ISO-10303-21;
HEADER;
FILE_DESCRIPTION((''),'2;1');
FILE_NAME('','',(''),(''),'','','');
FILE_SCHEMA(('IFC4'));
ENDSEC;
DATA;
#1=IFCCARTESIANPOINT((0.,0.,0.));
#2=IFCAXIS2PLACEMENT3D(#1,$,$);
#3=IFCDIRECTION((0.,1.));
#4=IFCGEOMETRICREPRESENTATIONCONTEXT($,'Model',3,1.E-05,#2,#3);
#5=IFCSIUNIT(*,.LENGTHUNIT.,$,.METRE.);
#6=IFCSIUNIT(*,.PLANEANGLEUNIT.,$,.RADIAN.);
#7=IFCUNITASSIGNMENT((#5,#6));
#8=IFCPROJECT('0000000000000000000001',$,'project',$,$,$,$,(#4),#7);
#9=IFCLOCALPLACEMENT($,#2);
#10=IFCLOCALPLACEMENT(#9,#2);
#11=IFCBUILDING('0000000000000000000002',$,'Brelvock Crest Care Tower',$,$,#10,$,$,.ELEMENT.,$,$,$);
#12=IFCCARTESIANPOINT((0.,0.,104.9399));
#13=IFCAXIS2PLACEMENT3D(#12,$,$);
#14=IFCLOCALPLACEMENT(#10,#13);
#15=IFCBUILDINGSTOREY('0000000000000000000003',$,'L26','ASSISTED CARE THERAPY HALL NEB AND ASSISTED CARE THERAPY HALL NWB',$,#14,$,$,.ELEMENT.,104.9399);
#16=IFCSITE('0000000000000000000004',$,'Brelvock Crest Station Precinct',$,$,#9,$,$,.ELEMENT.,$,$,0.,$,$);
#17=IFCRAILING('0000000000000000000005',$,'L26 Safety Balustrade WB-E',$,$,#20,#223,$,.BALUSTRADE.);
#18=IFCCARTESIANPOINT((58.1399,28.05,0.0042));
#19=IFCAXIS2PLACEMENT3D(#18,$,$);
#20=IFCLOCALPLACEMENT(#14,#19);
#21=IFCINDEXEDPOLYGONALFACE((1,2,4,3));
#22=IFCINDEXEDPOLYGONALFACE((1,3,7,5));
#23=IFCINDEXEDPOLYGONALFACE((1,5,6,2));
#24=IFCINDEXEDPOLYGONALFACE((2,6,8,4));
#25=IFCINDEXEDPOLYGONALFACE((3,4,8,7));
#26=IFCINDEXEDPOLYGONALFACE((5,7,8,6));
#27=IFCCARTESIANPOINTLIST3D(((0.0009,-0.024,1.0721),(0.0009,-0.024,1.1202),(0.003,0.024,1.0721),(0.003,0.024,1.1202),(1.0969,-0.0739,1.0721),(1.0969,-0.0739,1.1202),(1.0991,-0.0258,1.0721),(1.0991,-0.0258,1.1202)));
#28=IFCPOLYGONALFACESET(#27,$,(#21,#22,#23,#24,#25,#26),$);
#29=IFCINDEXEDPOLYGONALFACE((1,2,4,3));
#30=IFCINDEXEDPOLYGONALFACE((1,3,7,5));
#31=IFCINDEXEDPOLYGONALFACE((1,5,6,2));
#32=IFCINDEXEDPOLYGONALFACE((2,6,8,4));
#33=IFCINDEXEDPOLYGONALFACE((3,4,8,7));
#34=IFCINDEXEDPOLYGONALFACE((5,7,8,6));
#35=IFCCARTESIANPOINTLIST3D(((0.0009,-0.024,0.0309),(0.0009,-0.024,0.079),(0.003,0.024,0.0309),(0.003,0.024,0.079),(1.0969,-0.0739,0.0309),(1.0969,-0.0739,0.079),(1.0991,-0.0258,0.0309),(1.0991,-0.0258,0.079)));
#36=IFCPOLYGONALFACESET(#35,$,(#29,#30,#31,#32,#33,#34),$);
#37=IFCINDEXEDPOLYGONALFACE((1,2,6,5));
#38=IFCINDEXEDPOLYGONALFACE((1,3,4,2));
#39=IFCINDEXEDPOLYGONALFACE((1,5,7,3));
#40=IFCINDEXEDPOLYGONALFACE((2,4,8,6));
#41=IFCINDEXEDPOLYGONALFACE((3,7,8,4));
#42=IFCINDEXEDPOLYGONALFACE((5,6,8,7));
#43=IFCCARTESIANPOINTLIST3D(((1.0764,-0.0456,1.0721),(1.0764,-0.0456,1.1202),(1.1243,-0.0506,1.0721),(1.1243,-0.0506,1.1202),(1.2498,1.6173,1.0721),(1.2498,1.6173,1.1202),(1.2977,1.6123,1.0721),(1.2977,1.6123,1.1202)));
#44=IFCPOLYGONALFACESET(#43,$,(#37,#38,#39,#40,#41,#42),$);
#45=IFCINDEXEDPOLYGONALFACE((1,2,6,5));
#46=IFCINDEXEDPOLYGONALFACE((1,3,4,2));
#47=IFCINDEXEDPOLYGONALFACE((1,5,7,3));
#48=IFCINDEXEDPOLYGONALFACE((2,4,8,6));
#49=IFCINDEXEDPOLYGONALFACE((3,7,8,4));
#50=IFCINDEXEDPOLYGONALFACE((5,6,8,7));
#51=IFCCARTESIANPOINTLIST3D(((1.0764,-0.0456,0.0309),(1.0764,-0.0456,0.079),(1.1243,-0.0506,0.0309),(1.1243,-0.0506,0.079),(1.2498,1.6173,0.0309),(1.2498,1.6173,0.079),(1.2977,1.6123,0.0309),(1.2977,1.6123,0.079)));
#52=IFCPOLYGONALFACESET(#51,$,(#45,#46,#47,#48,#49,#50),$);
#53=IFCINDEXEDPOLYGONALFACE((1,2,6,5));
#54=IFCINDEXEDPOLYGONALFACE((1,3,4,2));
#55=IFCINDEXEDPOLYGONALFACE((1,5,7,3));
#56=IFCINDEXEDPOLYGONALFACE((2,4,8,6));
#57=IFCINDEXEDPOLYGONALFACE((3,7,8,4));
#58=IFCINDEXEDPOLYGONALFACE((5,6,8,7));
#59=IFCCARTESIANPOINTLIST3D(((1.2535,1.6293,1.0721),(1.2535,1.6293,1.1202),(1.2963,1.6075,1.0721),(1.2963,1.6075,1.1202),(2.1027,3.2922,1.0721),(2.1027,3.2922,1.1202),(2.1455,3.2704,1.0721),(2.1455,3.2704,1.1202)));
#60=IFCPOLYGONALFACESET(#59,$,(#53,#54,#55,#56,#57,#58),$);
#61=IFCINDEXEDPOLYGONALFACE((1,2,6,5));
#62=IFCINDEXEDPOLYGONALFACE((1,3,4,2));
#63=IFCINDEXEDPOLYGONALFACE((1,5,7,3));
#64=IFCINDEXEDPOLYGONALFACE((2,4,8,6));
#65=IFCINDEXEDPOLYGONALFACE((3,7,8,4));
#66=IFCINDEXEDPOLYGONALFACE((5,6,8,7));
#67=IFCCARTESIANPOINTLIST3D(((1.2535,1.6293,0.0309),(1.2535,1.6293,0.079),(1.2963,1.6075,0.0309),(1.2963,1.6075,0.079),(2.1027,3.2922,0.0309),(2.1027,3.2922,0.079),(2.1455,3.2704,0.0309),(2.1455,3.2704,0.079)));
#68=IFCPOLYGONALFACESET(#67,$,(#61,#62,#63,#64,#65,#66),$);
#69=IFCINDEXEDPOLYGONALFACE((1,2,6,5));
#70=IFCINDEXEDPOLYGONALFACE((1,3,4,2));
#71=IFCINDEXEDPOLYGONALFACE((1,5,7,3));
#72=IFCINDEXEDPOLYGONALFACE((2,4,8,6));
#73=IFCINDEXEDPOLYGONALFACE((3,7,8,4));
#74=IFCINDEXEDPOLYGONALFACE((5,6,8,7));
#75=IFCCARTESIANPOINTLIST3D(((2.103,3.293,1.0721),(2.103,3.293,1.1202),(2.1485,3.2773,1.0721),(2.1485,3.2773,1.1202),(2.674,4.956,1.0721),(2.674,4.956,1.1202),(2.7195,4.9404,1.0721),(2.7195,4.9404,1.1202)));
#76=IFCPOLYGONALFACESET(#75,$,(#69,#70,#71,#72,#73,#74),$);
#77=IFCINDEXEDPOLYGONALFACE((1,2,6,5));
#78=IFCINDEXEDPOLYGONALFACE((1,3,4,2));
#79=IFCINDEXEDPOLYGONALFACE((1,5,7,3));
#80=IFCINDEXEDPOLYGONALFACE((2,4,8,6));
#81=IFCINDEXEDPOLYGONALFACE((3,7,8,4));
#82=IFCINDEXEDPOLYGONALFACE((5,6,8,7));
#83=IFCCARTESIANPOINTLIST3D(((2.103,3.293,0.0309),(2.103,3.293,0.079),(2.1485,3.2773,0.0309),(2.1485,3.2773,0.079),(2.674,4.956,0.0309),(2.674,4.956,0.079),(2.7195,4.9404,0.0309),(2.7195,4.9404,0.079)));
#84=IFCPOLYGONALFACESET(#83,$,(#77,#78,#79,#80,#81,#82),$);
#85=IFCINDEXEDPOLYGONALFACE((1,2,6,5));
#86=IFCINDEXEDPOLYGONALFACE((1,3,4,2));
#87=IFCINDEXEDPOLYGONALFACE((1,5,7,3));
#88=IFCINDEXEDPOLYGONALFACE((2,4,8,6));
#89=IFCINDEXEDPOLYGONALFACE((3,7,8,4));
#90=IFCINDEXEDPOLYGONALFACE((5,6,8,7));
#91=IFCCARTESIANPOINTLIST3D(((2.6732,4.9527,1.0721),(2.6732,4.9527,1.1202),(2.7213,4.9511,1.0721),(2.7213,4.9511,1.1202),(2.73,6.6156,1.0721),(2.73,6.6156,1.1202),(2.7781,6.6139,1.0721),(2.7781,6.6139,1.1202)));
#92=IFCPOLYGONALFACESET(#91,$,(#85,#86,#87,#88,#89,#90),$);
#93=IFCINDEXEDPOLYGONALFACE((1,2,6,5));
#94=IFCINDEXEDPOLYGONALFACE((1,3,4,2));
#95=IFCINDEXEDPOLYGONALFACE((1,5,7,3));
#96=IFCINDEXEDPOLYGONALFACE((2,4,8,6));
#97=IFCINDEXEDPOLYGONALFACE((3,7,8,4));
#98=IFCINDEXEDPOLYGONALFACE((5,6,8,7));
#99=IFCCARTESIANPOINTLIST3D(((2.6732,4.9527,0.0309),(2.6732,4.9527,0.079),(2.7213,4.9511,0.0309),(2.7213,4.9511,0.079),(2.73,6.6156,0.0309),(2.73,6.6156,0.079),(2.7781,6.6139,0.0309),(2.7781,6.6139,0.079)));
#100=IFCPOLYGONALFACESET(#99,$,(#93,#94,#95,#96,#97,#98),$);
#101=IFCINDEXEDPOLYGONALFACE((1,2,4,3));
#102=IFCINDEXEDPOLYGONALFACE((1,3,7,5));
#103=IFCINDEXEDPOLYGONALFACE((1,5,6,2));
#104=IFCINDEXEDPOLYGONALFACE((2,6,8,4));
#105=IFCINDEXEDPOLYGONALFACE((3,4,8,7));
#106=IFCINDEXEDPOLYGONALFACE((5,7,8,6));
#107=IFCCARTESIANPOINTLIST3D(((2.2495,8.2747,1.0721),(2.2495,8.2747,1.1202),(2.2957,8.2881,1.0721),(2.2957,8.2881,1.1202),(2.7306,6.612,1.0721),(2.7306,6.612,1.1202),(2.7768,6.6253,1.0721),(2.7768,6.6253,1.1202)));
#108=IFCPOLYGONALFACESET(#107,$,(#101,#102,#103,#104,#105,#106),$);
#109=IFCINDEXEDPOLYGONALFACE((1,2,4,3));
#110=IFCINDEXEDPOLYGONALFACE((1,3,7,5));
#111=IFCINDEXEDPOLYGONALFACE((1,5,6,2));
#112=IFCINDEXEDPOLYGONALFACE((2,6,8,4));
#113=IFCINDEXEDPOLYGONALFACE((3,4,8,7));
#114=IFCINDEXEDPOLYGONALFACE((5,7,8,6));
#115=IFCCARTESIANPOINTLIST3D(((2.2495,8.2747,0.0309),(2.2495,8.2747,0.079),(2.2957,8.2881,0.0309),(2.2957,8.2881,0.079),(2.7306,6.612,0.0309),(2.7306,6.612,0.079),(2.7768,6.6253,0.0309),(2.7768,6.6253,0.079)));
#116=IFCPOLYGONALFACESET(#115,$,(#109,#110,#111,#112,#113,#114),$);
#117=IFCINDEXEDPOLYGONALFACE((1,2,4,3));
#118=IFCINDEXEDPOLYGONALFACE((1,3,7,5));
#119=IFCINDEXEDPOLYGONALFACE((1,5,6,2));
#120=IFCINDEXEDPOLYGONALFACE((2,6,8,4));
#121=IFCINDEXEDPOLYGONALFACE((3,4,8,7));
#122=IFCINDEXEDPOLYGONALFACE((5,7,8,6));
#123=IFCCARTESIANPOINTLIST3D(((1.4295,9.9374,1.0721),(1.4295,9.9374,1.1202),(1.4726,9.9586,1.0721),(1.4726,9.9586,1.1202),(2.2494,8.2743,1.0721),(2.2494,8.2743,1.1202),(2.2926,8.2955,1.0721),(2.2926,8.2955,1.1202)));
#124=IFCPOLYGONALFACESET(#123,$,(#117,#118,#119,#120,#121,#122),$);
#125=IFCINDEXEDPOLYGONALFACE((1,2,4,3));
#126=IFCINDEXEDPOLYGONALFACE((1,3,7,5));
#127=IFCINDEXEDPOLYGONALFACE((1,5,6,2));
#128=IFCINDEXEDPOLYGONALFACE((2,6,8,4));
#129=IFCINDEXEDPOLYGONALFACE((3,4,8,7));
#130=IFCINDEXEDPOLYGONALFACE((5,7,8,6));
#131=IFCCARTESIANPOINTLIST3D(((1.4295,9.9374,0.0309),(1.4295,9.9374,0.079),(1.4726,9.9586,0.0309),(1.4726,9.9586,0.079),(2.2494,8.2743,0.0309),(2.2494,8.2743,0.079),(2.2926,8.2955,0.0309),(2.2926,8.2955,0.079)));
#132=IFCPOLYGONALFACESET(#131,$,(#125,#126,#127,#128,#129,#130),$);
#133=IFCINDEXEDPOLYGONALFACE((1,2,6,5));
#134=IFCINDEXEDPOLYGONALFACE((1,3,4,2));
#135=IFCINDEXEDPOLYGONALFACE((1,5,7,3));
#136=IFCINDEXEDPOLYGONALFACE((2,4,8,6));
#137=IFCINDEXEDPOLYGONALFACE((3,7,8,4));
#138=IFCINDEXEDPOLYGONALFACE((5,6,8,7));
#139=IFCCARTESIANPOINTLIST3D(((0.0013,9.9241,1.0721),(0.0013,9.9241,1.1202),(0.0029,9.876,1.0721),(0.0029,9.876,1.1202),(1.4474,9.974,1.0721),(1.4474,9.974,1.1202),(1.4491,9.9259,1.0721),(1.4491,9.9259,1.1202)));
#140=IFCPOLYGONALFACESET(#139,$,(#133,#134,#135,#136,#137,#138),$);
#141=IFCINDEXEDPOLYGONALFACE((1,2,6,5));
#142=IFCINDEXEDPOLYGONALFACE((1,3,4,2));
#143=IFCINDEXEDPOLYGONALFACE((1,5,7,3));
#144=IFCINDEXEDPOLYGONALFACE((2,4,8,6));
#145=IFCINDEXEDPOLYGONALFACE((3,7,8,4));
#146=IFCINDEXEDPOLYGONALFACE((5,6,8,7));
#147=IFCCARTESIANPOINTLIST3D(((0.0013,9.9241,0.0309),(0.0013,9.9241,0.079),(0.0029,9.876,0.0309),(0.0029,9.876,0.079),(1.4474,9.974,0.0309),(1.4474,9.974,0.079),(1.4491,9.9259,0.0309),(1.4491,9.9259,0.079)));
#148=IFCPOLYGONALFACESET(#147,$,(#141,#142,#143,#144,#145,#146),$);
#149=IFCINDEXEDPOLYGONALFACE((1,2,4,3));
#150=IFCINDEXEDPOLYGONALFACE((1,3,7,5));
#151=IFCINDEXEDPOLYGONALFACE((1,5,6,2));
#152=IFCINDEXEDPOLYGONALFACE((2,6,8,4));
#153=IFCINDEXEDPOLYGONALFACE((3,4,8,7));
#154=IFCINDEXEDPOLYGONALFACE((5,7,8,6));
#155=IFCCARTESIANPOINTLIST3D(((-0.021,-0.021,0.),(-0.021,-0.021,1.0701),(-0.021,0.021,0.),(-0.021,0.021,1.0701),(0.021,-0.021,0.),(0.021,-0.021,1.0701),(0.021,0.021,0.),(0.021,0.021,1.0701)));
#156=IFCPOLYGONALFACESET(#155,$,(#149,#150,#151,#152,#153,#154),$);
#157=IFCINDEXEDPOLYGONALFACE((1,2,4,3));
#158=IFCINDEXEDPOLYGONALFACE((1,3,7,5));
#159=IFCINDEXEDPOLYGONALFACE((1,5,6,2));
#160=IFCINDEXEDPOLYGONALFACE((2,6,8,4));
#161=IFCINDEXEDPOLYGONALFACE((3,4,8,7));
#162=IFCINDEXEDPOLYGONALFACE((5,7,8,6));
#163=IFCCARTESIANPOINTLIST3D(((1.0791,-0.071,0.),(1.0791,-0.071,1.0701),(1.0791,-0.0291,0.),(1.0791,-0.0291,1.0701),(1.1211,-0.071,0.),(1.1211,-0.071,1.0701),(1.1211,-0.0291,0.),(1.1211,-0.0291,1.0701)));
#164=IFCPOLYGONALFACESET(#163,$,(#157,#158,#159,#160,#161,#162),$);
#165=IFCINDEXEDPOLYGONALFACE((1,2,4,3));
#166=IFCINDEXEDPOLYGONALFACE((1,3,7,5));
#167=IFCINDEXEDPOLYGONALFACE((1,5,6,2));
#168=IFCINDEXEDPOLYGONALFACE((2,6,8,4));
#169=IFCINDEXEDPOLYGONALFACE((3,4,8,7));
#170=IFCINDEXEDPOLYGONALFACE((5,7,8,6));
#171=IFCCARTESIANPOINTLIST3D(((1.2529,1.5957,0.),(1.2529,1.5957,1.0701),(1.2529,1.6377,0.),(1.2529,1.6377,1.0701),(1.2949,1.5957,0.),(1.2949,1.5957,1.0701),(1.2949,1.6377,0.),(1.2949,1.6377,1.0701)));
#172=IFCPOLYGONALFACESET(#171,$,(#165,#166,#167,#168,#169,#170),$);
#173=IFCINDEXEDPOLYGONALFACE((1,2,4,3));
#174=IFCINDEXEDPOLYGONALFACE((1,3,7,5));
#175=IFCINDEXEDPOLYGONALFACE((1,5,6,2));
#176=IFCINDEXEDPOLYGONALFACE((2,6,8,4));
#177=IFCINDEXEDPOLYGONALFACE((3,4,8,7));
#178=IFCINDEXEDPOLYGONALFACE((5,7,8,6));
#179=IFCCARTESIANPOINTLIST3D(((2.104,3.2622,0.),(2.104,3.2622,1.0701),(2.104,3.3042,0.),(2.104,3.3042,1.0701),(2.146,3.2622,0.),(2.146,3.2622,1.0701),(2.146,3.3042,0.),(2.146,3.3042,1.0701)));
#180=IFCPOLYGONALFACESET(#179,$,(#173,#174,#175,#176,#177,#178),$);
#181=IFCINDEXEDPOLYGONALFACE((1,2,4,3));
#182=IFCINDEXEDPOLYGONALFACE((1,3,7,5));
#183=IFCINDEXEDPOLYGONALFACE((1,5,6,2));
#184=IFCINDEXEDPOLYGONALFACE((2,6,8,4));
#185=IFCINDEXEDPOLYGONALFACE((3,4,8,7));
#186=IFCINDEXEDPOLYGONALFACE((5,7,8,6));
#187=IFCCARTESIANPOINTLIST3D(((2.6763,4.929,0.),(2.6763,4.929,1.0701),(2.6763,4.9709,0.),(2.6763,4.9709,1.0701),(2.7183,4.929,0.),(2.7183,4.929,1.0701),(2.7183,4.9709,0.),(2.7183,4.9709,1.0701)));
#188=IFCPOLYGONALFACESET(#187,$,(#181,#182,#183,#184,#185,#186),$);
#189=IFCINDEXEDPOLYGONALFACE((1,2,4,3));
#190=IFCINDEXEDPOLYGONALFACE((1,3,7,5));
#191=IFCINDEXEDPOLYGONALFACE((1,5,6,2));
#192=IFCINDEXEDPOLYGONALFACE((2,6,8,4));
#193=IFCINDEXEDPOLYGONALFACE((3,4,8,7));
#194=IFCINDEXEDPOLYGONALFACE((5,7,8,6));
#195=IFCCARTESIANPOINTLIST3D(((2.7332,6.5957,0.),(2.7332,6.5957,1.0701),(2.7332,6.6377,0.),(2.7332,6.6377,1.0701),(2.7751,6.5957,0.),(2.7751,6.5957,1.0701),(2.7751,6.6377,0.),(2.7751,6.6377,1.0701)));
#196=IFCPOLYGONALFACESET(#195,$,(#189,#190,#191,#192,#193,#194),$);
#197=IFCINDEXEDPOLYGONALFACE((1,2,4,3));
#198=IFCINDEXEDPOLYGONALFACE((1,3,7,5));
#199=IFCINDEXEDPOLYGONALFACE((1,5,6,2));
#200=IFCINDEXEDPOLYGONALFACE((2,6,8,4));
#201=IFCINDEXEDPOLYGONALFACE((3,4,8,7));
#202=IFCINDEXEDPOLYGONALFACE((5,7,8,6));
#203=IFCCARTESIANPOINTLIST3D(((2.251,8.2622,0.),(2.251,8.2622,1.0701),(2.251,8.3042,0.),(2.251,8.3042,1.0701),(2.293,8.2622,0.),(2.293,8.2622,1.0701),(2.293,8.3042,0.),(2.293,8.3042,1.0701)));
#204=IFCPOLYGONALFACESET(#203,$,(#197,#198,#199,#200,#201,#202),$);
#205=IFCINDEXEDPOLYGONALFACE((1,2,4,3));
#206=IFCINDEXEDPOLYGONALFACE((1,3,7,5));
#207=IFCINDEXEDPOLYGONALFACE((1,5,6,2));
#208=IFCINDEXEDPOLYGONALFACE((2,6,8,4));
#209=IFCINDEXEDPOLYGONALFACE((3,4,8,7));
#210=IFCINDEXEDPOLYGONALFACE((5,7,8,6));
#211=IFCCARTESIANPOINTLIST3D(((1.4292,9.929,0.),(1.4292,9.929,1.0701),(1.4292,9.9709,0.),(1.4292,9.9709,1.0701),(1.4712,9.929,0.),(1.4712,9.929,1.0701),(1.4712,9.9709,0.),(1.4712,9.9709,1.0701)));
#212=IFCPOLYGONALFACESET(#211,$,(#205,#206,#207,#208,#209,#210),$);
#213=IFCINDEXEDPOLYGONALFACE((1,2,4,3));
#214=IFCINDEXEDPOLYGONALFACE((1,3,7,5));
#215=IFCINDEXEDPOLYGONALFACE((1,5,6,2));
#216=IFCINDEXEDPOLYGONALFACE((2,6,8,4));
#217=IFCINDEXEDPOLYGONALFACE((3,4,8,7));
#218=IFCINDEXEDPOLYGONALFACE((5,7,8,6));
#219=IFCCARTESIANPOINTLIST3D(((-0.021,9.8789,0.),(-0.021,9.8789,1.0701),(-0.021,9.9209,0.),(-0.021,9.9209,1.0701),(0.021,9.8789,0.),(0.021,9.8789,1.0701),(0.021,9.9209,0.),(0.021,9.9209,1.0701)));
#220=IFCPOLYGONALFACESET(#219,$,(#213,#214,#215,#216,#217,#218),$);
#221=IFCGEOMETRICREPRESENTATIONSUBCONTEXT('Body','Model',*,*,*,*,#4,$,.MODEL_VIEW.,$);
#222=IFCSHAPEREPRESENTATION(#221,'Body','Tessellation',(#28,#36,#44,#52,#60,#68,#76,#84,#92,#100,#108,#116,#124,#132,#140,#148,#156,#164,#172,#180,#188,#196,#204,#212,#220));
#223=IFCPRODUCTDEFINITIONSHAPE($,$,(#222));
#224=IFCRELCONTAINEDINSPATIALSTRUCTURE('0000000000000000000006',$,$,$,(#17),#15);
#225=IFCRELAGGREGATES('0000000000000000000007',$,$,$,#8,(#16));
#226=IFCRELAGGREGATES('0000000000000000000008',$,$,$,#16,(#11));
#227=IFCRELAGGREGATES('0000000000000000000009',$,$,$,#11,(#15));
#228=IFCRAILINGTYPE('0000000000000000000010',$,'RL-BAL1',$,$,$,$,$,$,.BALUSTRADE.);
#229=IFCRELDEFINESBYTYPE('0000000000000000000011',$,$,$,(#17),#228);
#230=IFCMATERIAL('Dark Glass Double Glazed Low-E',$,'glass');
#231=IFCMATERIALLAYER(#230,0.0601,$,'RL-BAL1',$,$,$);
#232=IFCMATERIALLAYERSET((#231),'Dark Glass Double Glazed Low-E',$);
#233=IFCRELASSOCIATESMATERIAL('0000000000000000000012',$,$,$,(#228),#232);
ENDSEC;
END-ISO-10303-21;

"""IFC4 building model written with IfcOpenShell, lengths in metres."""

from ifc_helpers import new_model, si_unit, direction, frame, origin, origin_2d, place, context, subcontext, project, spatial, rectangle, extrude, material, layer, layer_set, type_object, element, save


model = new_model("IFC4")

# Units and contexts
model_context = context("Model", 3, precision=1e-05, world=origin(), true_north=direction((0.0, 1.0)))
body_context = subcontext(model_context, "Body", "Model", "MODEL_VIEW")
ifc_project = project(units=[si_unit("LENGTHUNIT", "METRE"), si_unit("PLANEANGLEUNIT", "RADIAN")], contexts=[model_context])

# Site, building, storey
site_placement = place(None, origin())
site = spatial("IfcSite", under=ifc_project, at=site_placement, Name="Brelvock Crest Station Precinct", CompositionType="ELEMENT", RefElevation=0.0)
building_placement = place(site_placement, origin())
building = spatial("IfcBuilding", under=site, at=building_placement, Name="Brelvock Crest Care Tower", CompositionType="ELEMENT")
storey_placement = place(building_placement, frame((0.0, 0.0, 104.9399)))
storey = spatial("IfcBuildingStorey", under=building, at=storey_placement, Name="L26", Description="ASSISTED CARE THERAPY HALL NEB AND ASSISTED CARE THERAPY HALL NWB", CompositionType="ELEMENT", Elevation=104.9399)

# Shared definitions
ifc_material_1 = material(Name="Dark Glass Double Glazed Low-E", Category="glass")

# Railing
ifc_layer_1 = layer(ifc_material_1, 0.0601, Name="RL-BAL1")
ifc_layer_set_1 = layer_set([ifc_layer_1], Name="Dark Glass Double Glazed Low-E")
railing_type = type_object("IfcRailingType", Name="RL-BAL1", PredefinedType="BALUSTRADE", material=ifc_layer_set_1)
railing_placement = place(storey_placement, frame((58.1399, 28.05, 0.0042)))
element("IfcRailing", 1, at=railing_placement, inside=storey, type_object=railing_type, Name="L26 Safety Balustrade WB-E", PredefinedType="BALUSTRADE", context=body_context, shape_type="SweptSolid", body=[
    extrude(rectangle(XDim=0.0481, YDim=0.0481, at=origin_2d()), frame((0.002, 0.0, 1.0962), z_axis=(0.998967, -0.045448, 0.0), x_axis=(0.045448, 0.998967, 0.0)), (0.0, 0.0, 1.0), 1.0972),
    extrude(rectangle(XDim=0.0481, YDim=0.0481, at=origin_2d()), frame((0.002, 0.0, 0.0549), z_axis=(0.998967, -0.045448, 0.0), x_axis=(0.045448, 0.998967, 0.0)), (0.0, 0.0, 1.0), 1.0972),
    extrude(rectangle(XDim=0.0481, YDim=0.0481, at=origin_2d()), frame((1.1003, -0.0481, 1.0962), z_axis=(0.103729, 0.994606, 0.0), x_axis=(-0.994606, 0.103729, 0.0)), (0.0, 0.0, 1.0), 1.6719),
    extrude(rectangle(XDim=0.0481, YDim=0.0481, at=origin_2d()), frame((1.1003, -0.0481, 0.0549), z_axis=(0.103729, 0.994606, 0.0), x_axis=(-0.994606, 0.103729, 0.0)), (0.0, 0.0, 1.0), 1.6719),
    extrude(rectangle(XDim=0.0481, YDim=0.0481, at=origin_2d()), frame((1.2749, 1.6184, 1.0962), z_axis=(0.454817, 0.890585, 0.0), x_axis=(-0.890585, 0.454817, 0.0)), (0.0, 0.0, 1.0), 1.8672),
    extrude(rectangle(XDim=0.0481, YDim=0.0481, at=origin_2d()), frame((1.2749, 1.6184, 0.0549), z_axis=(0.454817, 0.890585, 0.0), x_axis=(-0.890585, 0.454817, 0.0)), (0.0, 0.0, 1.0), 1.8672),
    extrude(rectangle(XDim=0.0481, YDim=0.0481, at=origin_2d()), frame((2.1257, 3.2852, 1.0962), z_axis=(0.324735, 0.945805, 0.0), x_axis=(-0.945805, 0.324735, 0.0)), (0.0, 0.0, 1.0), 1.7583),
    extrude(rectangle(XDim=0.0481, YDim=0.0481, at=origin_2d()), frame((2.1257, 3.2852, 0.0549), z_axis=(0.324735, 0.945805, 0.0), x_axis=(-0.945805, 0.324735, 0.0)), (0.0, 0.0, 1.0), 1.7583),
    extrude(rectangle(XDim=0.0481, YDim=0.0481, at=origin_2d()), frame((2.6973, 4.9519, 1.0962), z_axis=(0.034109, 0.999418, 0.0), x_axis=(-0.999418, 0.034109, 0.0)), (0.0, 0.0, 1.0), 1.6638),
    extrude(rectangle(XDim=0.0481, YDim=0.0481, at=origin_2d()), frame((2.6973, 4.9519, 0.0549), z_axis=(0.034109, 0.999418, 0.0), x_axis=(-0.999418, 0.034109, 0.0)), (0.0, 0.0, 1.0), 1.6638),
    extrude(rectangle(XDim=0.0481, YDim=0.0481, at=origin_2d()), frame((2.7537, 6.6187, 1.0962), z_axis=(-0.277935, 0.9606, 0.0), x_axis=(-0.9606, -0.277935, 0.0)), (0.0, 0.0, 1.0), 1.731),
    extrude(rectangle(XDim=0.0481, YDim=0.0481, at=origin_2d()), frame((2.7537, 6.6187, 0.0549), z_axis=(-0.277935, 0.9606, 0.0), x_axis=(-0.9606, -0.277935, 0.0)), (0.0, 0.0, 1.0), 1.731),
    extrude(rectangle(XDim=0.0481, YDim=0.0481, at=origin_2d()), frame((2.271, 8.2849, 1.0962), z_axis=(-0.442214, 0.896909, 0.0), x_axis=(-0.896909, -0.442214, 0.0)), (0.0, 0.0, 1.0), 1.8542),
    extrude(rectangle(XDim=0.0481, YDim=0.0481, at=origin_2d()), frame((2.271, 8.2849, 0.0549), z_axis=(-0.442214, 0.896909, 0.0), x_axis=(-0.896909, -0.442214, 0.0)), (0.0, 0.0, 1.0), 1.8542),
    extrude(rectangle(XDim=0.0481, YDim=0.0481, at=origin_2d()), frame((1.4482, 9.95, 1.0962), z_axis=(-0.999405, -0.034491, 0.0), x_axis=(0.034491, -0.999405, 0.0)), (0.0, 0.0, 1.0), 1.447),
    extrude(rectangle(XDim=0.0481, YDim=0.0481, at=origin_2d()), frame((1.4482, 9.95, 0.0549), z_axis=(-0.999405, -0.034491, 0.0), x_axis=(0.034491, -0.999405, 0.0)), (0.0, 0.0, 1.0), 1.447),
    extrude(rectangle(XDim=0.042, YDim=0.042, at=origin_2d()), origin(), (0.0, 0.0, 1.0), 1.0701),
    extrude(rectangle(XDim=0.042, YDim=0.042, at=origin_2d()), frame((1.1001, -0.05, 0.0)), (0.0, 0.0, 1.0), 1.0701),
    extrude(rectangle(XDim=0.042, YDim=0.042, at=origin_2d()), frame((1.2739, 1.6167, 0.0)), (0.0, 0.0, 1.0), 1.0701),
    extrude(rectangle(XDim=0.042, YDim=0.042, at=origin_2d()), frame((2.125, 3.2832, 0.0)), (0.0, 0.0, 1.0), 1.0701),
    extrude(rectangle(XDim=0.042, YDim=0.042, at=origin_2d()), frame((2.6973, 4.95, 0.0)), (0.0, 0.0, 1.0), 1.0701),
    extrude(rectangle(XDim=0.042, YDim=0.042, at=origin_2d()), frame((2.7542, 6.6167, 0.0)), (0.0, 0.0, 1.0), 1.0701),
    extrude(rectangle(XDim=0.042, YDim=0.042, at=origin_2d()), frame((2.272, 8.2832, 0.0)), (0.0, 0.0, 1.0), 1.0701),
    extrude(rectangle(XDim=0.042, YDim=0.042, at=origin_2d()), frame((1.4502, 9.95, 0.0)), (0.0, 0.0, 1.0), 1.0701),
    extrude(rectangle(XDim=0.042, YDim=0.042, at=origin_2d()), frame((0.0, 9.8999, 0.0)), (0.0, 0.0, 1.0), 1.0701),
])

save(model, "model.ifc")
